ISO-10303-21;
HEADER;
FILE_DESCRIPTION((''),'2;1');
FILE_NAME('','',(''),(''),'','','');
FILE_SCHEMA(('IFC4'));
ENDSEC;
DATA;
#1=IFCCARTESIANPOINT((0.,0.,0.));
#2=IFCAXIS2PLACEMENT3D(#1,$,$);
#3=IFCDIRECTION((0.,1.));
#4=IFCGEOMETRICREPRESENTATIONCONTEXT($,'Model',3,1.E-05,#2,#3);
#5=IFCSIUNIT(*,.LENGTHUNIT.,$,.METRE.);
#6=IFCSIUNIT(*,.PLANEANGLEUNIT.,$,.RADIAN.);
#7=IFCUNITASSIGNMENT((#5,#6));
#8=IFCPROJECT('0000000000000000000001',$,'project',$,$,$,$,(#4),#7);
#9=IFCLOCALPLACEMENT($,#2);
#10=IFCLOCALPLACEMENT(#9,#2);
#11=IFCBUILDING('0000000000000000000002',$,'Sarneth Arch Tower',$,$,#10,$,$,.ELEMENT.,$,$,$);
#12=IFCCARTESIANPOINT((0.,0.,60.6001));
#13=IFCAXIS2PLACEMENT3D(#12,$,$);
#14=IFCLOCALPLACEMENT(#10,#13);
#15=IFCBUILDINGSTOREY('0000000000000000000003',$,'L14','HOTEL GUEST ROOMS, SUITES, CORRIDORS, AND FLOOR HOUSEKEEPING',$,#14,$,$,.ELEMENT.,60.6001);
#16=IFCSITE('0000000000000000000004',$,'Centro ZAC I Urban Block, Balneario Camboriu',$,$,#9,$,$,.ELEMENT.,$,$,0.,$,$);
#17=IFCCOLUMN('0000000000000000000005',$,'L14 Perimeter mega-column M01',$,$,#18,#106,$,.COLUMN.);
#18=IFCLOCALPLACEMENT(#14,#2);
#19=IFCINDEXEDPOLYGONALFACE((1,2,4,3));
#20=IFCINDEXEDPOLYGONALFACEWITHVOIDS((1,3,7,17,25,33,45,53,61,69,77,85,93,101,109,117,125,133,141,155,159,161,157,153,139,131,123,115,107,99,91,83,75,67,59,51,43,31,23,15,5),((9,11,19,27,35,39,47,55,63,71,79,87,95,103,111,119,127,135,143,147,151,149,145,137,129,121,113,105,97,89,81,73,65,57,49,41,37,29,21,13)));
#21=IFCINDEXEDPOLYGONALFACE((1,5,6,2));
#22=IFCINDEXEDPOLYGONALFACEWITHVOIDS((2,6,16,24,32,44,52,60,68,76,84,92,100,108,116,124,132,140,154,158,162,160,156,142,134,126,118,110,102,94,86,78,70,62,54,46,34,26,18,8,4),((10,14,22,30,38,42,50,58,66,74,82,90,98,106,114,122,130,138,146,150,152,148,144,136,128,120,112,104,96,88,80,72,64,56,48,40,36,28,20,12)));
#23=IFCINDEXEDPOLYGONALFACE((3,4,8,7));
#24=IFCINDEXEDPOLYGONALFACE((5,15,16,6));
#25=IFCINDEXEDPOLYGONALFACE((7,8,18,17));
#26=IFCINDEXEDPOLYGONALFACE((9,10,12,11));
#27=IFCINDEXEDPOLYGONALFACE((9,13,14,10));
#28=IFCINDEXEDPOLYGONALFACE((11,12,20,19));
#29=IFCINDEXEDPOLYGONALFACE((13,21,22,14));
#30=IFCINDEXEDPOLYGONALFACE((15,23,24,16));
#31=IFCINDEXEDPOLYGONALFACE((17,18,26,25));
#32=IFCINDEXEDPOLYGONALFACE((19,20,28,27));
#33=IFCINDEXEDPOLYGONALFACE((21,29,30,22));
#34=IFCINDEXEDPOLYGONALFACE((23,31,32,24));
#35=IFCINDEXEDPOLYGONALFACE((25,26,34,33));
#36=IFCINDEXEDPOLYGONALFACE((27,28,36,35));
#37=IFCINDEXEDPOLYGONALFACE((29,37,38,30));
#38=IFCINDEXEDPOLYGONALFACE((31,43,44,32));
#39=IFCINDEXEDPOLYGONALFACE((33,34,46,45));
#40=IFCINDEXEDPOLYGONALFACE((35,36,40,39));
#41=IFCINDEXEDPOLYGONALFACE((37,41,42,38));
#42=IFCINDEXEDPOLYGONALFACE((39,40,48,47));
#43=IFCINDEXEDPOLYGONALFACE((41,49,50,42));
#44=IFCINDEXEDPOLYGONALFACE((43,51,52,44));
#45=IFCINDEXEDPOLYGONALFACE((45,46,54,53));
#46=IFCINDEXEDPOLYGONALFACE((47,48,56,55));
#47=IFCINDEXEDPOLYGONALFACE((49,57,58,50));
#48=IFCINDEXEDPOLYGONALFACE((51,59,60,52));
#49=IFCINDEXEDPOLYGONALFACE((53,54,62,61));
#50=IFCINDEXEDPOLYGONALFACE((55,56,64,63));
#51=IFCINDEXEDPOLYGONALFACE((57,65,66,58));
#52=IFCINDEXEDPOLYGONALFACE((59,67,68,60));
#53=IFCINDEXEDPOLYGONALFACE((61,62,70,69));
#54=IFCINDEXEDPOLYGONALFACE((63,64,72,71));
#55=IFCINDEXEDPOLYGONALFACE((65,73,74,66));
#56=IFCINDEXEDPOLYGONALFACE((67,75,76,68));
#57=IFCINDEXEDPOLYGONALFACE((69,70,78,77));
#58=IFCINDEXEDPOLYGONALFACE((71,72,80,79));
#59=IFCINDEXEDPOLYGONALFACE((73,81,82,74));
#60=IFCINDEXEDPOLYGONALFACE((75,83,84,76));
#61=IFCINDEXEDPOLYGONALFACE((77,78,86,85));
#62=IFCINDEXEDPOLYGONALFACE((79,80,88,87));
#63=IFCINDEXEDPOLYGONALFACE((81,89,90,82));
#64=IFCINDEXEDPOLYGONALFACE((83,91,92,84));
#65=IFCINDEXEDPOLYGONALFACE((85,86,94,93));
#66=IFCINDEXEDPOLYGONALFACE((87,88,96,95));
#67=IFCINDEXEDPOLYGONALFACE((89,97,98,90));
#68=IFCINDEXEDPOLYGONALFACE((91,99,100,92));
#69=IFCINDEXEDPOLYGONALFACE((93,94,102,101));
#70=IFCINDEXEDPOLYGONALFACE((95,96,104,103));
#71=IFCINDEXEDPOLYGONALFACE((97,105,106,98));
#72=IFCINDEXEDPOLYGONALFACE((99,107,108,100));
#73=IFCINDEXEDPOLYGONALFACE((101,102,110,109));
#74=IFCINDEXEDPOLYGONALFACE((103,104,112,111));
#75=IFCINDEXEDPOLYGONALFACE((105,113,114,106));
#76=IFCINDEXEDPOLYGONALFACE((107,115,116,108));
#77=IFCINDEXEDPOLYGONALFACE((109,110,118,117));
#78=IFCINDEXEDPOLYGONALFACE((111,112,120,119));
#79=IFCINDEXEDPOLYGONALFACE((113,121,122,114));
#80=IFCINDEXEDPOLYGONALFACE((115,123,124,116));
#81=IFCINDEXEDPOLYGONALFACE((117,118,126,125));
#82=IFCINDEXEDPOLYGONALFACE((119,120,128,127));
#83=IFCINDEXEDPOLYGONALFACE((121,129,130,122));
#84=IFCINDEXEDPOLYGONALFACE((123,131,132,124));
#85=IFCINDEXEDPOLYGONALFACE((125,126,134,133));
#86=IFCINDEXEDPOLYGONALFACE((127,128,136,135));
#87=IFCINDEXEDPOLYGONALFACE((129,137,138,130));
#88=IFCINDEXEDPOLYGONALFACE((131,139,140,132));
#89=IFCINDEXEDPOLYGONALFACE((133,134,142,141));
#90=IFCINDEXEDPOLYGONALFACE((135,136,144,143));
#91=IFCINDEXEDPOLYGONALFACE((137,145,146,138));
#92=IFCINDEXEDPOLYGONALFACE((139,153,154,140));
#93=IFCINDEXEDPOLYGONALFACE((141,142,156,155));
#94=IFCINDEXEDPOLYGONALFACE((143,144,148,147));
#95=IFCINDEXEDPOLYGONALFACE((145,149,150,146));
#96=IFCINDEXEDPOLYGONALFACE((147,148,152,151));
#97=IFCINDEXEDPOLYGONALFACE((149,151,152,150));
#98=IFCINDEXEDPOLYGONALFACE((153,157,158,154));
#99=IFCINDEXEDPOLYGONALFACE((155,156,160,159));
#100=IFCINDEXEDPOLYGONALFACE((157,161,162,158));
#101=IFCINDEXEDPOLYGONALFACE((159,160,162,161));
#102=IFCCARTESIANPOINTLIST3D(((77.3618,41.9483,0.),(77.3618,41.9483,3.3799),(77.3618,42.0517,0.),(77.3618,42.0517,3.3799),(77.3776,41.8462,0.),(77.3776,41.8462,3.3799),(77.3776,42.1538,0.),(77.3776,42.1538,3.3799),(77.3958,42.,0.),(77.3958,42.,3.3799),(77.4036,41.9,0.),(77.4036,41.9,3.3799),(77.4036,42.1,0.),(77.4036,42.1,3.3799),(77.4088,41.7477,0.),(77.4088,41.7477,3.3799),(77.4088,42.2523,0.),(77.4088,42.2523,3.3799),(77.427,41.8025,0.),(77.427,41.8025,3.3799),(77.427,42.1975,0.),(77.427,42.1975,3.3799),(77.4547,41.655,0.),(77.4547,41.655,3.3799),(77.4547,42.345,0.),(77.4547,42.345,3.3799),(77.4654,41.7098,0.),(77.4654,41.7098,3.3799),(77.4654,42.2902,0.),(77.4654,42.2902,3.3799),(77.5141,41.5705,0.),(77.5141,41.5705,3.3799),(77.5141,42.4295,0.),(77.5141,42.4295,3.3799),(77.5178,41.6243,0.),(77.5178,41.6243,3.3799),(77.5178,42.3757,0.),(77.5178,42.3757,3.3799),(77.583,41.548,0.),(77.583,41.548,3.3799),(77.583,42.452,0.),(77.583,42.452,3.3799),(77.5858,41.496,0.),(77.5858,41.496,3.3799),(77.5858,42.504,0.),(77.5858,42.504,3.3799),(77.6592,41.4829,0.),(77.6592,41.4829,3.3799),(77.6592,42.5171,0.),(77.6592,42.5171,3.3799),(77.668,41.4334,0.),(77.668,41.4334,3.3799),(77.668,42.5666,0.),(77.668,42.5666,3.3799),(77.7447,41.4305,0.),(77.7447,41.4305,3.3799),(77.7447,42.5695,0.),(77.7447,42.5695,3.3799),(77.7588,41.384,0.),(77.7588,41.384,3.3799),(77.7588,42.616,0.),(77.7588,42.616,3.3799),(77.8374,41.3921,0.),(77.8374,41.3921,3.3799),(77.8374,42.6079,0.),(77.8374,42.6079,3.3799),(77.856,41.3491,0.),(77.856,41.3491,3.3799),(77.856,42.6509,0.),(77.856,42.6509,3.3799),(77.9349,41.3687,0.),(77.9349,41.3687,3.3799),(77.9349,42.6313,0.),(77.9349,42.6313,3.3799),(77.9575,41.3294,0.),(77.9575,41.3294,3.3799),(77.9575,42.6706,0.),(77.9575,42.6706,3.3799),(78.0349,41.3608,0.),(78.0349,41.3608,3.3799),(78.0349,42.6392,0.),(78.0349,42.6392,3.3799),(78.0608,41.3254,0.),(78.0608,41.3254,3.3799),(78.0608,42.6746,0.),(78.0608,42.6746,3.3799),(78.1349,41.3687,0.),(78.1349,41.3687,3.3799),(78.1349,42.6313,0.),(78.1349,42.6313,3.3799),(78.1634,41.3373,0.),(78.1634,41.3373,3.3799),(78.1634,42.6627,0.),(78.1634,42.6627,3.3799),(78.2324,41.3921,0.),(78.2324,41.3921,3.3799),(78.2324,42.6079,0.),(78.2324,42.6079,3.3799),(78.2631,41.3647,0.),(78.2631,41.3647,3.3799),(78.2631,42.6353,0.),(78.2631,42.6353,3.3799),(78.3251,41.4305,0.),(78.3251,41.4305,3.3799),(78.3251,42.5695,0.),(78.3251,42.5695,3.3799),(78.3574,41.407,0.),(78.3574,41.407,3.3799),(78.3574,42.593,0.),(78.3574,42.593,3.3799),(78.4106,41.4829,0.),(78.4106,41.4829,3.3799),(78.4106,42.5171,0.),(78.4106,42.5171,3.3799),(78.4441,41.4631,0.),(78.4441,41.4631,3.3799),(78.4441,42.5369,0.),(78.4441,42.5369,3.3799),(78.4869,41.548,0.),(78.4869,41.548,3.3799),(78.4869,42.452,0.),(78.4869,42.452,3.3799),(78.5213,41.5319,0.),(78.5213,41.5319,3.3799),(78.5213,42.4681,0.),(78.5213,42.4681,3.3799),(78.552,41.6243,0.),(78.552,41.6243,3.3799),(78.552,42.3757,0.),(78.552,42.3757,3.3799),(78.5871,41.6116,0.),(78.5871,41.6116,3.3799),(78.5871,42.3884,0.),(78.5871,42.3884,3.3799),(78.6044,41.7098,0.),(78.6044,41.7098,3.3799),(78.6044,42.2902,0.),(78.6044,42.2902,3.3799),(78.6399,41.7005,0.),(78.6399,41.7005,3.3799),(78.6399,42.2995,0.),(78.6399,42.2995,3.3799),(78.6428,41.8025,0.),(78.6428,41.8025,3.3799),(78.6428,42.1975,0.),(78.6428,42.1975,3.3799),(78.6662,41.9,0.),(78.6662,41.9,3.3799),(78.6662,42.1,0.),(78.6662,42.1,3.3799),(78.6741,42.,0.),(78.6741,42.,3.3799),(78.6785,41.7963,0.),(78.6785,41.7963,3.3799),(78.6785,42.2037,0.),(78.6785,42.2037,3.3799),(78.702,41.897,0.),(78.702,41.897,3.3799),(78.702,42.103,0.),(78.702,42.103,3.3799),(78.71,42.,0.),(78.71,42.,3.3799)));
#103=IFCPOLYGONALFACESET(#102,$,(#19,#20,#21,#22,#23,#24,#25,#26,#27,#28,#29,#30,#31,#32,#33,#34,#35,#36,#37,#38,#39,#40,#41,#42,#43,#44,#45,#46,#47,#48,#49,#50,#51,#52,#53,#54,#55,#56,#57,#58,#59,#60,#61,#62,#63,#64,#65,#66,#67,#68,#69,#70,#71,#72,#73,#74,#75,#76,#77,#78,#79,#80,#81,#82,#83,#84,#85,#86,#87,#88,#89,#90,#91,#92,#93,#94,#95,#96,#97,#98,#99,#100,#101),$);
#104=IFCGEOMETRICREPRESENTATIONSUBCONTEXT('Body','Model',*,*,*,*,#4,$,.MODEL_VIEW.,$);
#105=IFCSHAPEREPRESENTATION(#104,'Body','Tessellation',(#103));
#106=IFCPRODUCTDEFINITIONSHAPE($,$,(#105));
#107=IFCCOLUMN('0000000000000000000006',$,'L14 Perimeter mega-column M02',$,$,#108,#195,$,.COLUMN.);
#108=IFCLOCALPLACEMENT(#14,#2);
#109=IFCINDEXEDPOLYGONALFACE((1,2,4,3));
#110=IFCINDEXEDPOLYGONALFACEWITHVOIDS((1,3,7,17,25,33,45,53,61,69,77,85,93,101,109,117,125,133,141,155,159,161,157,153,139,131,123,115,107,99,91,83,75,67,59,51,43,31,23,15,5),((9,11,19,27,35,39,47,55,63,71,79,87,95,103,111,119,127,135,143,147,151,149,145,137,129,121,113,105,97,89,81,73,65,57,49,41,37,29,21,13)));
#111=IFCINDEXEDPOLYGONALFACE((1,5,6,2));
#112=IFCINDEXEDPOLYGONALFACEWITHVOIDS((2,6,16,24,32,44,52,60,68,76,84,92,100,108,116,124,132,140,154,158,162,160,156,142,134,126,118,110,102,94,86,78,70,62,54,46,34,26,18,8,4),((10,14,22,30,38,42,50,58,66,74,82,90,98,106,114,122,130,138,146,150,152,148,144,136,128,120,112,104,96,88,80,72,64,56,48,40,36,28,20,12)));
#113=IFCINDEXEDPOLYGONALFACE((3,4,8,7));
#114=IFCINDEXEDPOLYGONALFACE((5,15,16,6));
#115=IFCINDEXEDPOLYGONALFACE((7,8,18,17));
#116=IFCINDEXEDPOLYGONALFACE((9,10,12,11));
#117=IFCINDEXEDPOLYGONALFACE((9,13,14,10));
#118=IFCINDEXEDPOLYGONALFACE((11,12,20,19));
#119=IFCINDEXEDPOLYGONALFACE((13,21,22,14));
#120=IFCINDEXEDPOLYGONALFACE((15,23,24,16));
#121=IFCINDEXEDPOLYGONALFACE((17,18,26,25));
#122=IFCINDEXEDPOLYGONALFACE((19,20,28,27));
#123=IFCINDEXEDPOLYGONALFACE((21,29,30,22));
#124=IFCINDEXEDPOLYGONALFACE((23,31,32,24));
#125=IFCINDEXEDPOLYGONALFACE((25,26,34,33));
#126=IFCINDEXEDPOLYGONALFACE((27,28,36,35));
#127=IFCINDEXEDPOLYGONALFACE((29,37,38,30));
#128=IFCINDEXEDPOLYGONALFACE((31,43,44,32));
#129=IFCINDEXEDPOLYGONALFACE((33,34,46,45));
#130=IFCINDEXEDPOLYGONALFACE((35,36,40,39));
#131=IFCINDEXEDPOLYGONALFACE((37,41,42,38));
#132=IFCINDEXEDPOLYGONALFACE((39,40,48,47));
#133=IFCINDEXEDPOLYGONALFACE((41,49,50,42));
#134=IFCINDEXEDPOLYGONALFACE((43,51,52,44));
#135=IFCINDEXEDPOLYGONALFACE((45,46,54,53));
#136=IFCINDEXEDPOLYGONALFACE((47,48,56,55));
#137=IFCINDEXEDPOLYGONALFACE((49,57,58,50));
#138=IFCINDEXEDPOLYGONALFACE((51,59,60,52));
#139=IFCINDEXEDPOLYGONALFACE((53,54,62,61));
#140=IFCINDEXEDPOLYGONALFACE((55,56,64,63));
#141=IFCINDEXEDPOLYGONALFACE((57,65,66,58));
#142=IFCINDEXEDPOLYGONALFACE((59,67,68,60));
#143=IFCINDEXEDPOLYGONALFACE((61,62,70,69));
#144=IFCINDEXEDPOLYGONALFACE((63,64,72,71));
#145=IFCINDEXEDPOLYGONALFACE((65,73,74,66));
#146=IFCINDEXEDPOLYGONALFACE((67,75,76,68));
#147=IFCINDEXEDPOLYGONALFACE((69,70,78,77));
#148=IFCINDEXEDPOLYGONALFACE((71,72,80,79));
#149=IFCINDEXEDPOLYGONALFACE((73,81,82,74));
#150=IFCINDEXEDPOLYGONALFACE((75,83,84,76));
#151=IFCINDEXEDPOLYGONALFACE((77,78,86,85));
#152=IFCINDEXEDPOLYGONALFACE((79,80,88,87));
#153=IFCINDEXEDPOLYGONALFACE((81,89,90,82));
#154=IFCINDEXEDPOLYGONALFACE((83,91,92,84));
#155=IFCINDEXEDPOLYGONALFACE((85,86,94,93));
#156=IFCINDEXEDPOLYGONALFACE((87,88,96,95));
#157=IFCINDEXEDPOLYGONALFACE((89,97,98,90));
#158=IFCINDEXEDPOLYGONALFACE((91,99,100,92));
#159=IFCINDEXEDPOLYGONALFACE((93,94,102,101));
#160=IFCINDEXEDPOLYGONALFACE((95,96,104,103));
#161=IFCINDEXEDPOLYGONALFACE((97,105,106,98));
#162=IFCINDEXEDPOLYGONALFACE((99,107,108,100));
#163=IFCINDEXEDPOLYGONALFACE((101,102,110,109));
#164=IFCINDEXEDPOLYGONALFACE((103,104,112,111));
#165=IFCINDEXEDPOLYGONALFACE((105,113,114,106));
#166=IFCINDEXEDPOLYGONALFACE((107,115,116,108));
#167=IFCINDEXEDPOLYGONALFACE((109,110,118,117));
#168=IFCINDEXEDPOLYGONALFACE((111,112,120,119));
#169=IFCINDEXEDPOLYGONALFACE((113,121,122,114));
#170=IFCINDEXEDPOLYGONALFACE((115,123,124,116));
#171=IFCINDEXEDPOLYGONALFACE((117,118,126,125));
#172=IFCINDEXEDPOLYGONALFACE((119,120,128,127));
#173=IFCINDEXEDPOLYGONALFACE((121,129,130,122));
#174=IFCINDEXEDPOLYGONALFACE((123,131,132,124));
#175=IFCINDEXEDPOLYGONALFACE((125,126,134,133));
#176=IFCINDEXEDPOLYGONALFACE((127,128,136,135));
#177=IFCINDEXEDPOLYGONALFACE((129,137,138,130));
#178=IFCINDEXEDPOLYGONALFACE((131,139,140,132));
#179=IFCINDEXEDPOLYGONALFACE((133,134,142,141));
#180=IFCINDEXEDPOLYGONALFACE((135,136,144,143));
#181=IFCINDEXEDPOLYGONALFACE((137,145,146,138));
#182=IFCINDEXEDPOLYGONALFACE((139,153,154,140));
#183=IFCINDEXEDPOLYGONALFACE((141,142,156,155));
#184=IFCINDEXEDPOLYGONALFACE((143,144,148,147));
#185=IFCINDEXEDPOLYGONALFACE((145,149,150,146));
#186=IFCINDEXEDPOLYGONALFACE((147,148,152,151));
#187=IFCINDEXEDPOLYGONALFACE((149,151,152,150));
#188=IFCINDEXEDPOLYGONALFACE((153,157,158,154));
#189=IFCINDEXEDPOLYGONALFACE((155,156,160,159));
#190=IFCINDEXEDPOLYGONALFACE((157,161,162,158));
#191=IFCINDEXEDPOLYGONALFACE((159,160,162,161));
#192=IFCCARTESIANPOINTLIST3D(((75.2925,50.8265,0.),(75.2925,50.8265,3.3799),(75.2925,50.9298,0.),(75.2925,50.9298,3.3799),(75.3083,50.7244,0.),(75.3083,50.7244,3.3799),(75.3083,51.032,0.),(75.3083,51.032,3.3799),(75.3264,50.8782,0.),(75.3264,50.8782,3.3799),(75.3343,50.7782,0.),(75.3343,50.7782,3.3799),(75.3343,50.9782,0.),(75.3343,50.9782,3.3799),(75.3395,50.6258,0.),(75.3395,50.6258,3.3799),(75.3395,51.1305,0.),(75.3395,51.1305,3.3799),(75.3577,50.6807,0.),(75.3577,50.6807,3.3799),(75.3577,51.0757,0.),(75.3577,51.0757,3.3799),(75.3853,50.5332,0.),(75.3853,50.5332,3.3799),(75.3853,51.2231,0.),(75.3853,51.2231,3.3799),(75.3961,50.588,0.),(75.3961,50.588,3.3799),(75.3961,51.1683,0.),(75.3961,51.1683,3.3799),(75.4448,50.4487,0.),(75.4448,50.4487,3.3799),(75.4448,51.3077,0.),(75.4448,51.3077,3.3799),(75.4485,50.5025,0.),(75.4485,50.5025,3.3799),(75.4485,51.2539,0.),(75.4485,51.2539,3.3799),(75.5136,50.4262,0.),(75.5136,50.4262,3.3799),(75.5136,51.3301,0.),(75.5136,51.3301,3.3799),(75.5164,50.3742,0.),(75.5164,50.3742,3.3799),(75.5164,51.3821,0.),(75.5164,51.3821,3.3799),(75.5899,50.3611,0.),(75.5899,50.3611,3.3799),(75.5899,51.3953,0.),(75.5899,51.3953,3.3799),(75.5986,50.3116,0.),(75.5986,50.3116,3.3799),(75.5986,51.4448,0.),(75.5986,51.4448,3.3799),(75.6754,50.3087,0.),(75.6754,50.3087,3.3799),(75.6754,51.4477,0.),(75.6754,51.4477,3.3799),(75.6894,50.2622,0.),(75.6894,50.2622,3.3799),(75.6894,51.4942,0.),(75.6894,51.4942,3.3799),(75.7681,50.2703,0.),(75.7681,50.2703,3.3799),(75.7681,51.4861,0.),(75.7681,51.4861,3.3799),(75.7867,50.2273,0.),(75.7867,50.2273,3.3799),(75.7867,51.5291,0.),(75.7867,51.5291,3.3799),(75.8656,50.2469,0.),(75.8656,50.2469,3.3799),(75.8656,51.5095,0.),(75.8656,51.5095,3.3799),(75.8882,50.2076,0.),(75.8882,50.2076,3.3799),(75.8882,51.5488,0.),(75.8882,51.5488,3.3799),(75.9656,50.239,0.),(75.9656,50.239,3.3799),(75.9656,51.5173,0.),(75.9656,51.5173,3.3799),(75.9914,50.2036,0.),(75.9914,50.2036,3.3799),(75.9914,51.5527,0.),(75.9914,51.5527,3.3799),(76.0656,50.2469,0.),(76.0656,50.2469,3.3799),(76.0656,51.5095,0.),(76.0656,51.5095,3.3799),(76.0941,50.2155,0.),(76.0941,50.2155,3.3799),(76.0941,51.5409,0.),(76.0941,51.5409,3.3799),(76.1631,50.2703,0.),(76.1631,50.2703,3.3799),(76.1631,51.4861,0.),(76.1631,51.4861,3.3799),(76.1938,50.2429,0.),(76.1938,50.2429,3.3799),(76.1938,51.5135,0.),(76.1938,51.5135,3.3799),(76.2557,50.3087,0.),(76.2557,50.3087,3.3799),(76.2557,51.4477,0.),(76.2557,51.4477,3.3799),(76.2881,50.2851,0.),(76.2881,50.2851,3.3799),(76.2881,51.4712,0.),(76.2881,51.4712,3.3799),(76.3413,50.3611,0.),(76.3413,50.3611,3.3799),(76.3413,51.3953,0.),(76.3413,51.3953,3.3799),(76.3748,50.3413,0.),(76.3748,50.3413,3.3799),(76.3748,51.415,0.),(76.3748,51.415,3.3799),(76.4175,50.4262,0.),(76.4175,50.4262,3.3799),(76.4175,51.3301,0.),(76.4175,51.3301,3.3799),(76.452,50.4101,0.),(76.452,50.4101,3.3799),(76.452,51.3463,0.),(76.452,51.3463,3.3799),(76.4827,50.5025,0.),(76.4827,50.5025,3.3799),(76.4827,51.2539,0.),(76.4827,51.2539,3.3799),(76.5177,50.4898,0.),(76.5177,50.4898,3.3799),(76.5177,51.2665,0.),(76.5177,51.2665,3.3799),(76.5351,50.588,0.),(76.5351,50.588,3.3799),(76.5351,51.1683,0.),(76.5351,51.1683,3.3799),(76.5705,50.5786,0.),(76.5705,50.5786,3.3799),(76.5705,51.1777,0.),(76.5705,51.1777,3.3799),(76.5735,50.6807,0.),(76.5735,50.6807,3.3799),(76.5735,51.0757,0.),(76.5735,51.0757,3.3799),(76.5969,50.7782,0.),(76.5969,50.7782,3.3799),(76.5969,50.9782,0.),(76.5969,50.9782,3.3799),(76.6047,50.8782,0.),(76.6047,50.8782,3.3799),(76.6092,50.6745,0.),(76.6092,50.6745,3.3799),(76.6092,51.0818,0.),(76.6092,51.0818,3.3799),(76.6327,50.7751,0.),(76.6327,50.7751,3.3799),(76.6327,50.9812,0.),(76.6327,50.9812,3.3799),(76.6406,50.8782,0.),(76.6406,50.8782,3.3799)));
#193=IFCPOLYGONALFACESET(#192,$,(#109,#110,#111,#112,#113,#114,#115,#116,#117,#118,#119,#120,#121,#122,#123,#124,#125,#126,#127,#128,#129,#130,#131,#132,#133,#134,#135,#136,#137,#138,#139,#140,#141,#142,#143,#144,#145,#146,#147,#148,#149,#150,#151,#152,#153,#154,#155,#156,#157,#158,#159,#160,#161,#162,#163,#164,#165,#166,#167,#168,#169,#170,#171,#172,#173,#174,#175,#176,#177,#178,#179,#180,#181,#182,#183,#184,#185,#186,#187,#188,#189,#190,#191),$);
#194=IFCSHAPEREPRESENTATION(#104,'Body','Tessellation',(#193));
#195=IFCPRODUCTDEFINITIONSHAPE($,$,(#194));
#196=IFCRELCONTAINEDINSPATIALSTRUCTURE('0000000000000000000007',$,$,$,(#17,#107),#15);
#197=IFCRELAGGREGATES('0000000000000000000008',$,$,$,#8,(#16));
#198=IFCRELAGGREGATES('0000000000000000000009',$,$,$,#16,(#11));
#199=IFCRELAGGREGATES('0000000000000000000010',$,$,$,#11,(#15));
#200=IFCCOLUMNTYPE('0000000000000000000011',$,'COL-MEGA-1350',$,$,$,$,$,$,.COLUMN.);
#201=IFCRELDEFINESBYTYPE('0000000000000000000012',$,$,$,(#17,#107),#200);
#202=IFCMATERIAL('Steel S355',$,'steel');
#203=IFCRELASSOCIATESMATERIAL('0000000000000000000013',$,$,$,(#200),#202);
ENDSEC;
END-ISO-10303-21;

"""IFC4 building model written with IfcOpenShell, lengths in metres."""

from ifc_helpers import new_model, si_unit, direction, frame, origin, origin_2d, place, context, subcontext, project, spatial, hollow_circle, extrude, material, material_profile, profile_set, type_object, element, save


model = new_model("IFC4")

# Units and contexts
model_context = context("Model", 3, precision=1e-05, world=origin(), true_north=direction((0.0, 1.0)))
body_context = subcontext(model_context, "Body", "Model", "MODEL_VIEW")
ifc_project = project(units=[si_unit("LENGTHUNIT", "METRE"), si_unit("PLANEANGLEUNIT", "RADIAN")], contexts=[model_context])

# Site, building, storey
site_placement = place(None, origin())
site = spatial("IfcSite", under=ifc_project, at=site_placement, Name="Centro ZAC I Urban Block, Balneario Camboriu", CompositionType="ELEMENT", RefElevation=0.0)
building_placement = place(site_placement, origin())
building = spatial("IfcBuilding", under=site, at=building_placement, Name="Sarneth Arch Tower", CompositionType="ELEMENT")
storey_placement = place(building_placement, frame((0.0, 0.0, 60.6001)))
storey = spatial("IfcBuildingStorey", under=building, at=storey_placement, Name="L14", Description="HOTEL GUEST ROOMS, SUITES, CORRIDORS, AND FLOOR HOUSEKEEPING", CompositionType="ELEMENT", Elevation=60.6001)

# Columns
ifc_material_1 = material(Name="Steel S355", Category="steel")
ifc_material_profile_1 = material_profile(ifc_material_1, hollow_circle(Radius=0.675, WallThickness=0.0359, at=origin_2d()), Name="CHS1350x36")
ifc_profile_set_1 = profile_set([ifc_material_profile_1], Name="Steel S355")
column_type = type_object("IfcColumnType", Name="COL-MEGA-1350", PredefinedType="COLUMN", material=ifc_profile_set_1)
for number, where, z_axis, x_axis, name in (
    (1, (78.0349, 42.0, 0.0), (0.0, 0.0, 1.0), (1.0, 0.0, 0.0), "L14 Perimeter mega-column M01"),
    (2, (75.9656, 50.8782, 0.0), (0.0, 0.0, 1.0), (1.0, 0.0, 0.0), "L14 Perimeter mega-column M02"),
):
    element("IfcColumn", number, at=place(storey_placement, frame(where, z_axis=z_axis, x_axis=x_axis)), inside=storey, type_object=column_type, Name=name, PredefinedType="COLUMN", context=body_context, shape_type="SweptSolid", body=[
        extrude(hollow_circle(Radius=0.675, WallThickness=0.0359, at=origin_2d()), origin(), (0.0, 0.0, 1.0), 3.3799),
    ])

save(model, "model.ifc")
